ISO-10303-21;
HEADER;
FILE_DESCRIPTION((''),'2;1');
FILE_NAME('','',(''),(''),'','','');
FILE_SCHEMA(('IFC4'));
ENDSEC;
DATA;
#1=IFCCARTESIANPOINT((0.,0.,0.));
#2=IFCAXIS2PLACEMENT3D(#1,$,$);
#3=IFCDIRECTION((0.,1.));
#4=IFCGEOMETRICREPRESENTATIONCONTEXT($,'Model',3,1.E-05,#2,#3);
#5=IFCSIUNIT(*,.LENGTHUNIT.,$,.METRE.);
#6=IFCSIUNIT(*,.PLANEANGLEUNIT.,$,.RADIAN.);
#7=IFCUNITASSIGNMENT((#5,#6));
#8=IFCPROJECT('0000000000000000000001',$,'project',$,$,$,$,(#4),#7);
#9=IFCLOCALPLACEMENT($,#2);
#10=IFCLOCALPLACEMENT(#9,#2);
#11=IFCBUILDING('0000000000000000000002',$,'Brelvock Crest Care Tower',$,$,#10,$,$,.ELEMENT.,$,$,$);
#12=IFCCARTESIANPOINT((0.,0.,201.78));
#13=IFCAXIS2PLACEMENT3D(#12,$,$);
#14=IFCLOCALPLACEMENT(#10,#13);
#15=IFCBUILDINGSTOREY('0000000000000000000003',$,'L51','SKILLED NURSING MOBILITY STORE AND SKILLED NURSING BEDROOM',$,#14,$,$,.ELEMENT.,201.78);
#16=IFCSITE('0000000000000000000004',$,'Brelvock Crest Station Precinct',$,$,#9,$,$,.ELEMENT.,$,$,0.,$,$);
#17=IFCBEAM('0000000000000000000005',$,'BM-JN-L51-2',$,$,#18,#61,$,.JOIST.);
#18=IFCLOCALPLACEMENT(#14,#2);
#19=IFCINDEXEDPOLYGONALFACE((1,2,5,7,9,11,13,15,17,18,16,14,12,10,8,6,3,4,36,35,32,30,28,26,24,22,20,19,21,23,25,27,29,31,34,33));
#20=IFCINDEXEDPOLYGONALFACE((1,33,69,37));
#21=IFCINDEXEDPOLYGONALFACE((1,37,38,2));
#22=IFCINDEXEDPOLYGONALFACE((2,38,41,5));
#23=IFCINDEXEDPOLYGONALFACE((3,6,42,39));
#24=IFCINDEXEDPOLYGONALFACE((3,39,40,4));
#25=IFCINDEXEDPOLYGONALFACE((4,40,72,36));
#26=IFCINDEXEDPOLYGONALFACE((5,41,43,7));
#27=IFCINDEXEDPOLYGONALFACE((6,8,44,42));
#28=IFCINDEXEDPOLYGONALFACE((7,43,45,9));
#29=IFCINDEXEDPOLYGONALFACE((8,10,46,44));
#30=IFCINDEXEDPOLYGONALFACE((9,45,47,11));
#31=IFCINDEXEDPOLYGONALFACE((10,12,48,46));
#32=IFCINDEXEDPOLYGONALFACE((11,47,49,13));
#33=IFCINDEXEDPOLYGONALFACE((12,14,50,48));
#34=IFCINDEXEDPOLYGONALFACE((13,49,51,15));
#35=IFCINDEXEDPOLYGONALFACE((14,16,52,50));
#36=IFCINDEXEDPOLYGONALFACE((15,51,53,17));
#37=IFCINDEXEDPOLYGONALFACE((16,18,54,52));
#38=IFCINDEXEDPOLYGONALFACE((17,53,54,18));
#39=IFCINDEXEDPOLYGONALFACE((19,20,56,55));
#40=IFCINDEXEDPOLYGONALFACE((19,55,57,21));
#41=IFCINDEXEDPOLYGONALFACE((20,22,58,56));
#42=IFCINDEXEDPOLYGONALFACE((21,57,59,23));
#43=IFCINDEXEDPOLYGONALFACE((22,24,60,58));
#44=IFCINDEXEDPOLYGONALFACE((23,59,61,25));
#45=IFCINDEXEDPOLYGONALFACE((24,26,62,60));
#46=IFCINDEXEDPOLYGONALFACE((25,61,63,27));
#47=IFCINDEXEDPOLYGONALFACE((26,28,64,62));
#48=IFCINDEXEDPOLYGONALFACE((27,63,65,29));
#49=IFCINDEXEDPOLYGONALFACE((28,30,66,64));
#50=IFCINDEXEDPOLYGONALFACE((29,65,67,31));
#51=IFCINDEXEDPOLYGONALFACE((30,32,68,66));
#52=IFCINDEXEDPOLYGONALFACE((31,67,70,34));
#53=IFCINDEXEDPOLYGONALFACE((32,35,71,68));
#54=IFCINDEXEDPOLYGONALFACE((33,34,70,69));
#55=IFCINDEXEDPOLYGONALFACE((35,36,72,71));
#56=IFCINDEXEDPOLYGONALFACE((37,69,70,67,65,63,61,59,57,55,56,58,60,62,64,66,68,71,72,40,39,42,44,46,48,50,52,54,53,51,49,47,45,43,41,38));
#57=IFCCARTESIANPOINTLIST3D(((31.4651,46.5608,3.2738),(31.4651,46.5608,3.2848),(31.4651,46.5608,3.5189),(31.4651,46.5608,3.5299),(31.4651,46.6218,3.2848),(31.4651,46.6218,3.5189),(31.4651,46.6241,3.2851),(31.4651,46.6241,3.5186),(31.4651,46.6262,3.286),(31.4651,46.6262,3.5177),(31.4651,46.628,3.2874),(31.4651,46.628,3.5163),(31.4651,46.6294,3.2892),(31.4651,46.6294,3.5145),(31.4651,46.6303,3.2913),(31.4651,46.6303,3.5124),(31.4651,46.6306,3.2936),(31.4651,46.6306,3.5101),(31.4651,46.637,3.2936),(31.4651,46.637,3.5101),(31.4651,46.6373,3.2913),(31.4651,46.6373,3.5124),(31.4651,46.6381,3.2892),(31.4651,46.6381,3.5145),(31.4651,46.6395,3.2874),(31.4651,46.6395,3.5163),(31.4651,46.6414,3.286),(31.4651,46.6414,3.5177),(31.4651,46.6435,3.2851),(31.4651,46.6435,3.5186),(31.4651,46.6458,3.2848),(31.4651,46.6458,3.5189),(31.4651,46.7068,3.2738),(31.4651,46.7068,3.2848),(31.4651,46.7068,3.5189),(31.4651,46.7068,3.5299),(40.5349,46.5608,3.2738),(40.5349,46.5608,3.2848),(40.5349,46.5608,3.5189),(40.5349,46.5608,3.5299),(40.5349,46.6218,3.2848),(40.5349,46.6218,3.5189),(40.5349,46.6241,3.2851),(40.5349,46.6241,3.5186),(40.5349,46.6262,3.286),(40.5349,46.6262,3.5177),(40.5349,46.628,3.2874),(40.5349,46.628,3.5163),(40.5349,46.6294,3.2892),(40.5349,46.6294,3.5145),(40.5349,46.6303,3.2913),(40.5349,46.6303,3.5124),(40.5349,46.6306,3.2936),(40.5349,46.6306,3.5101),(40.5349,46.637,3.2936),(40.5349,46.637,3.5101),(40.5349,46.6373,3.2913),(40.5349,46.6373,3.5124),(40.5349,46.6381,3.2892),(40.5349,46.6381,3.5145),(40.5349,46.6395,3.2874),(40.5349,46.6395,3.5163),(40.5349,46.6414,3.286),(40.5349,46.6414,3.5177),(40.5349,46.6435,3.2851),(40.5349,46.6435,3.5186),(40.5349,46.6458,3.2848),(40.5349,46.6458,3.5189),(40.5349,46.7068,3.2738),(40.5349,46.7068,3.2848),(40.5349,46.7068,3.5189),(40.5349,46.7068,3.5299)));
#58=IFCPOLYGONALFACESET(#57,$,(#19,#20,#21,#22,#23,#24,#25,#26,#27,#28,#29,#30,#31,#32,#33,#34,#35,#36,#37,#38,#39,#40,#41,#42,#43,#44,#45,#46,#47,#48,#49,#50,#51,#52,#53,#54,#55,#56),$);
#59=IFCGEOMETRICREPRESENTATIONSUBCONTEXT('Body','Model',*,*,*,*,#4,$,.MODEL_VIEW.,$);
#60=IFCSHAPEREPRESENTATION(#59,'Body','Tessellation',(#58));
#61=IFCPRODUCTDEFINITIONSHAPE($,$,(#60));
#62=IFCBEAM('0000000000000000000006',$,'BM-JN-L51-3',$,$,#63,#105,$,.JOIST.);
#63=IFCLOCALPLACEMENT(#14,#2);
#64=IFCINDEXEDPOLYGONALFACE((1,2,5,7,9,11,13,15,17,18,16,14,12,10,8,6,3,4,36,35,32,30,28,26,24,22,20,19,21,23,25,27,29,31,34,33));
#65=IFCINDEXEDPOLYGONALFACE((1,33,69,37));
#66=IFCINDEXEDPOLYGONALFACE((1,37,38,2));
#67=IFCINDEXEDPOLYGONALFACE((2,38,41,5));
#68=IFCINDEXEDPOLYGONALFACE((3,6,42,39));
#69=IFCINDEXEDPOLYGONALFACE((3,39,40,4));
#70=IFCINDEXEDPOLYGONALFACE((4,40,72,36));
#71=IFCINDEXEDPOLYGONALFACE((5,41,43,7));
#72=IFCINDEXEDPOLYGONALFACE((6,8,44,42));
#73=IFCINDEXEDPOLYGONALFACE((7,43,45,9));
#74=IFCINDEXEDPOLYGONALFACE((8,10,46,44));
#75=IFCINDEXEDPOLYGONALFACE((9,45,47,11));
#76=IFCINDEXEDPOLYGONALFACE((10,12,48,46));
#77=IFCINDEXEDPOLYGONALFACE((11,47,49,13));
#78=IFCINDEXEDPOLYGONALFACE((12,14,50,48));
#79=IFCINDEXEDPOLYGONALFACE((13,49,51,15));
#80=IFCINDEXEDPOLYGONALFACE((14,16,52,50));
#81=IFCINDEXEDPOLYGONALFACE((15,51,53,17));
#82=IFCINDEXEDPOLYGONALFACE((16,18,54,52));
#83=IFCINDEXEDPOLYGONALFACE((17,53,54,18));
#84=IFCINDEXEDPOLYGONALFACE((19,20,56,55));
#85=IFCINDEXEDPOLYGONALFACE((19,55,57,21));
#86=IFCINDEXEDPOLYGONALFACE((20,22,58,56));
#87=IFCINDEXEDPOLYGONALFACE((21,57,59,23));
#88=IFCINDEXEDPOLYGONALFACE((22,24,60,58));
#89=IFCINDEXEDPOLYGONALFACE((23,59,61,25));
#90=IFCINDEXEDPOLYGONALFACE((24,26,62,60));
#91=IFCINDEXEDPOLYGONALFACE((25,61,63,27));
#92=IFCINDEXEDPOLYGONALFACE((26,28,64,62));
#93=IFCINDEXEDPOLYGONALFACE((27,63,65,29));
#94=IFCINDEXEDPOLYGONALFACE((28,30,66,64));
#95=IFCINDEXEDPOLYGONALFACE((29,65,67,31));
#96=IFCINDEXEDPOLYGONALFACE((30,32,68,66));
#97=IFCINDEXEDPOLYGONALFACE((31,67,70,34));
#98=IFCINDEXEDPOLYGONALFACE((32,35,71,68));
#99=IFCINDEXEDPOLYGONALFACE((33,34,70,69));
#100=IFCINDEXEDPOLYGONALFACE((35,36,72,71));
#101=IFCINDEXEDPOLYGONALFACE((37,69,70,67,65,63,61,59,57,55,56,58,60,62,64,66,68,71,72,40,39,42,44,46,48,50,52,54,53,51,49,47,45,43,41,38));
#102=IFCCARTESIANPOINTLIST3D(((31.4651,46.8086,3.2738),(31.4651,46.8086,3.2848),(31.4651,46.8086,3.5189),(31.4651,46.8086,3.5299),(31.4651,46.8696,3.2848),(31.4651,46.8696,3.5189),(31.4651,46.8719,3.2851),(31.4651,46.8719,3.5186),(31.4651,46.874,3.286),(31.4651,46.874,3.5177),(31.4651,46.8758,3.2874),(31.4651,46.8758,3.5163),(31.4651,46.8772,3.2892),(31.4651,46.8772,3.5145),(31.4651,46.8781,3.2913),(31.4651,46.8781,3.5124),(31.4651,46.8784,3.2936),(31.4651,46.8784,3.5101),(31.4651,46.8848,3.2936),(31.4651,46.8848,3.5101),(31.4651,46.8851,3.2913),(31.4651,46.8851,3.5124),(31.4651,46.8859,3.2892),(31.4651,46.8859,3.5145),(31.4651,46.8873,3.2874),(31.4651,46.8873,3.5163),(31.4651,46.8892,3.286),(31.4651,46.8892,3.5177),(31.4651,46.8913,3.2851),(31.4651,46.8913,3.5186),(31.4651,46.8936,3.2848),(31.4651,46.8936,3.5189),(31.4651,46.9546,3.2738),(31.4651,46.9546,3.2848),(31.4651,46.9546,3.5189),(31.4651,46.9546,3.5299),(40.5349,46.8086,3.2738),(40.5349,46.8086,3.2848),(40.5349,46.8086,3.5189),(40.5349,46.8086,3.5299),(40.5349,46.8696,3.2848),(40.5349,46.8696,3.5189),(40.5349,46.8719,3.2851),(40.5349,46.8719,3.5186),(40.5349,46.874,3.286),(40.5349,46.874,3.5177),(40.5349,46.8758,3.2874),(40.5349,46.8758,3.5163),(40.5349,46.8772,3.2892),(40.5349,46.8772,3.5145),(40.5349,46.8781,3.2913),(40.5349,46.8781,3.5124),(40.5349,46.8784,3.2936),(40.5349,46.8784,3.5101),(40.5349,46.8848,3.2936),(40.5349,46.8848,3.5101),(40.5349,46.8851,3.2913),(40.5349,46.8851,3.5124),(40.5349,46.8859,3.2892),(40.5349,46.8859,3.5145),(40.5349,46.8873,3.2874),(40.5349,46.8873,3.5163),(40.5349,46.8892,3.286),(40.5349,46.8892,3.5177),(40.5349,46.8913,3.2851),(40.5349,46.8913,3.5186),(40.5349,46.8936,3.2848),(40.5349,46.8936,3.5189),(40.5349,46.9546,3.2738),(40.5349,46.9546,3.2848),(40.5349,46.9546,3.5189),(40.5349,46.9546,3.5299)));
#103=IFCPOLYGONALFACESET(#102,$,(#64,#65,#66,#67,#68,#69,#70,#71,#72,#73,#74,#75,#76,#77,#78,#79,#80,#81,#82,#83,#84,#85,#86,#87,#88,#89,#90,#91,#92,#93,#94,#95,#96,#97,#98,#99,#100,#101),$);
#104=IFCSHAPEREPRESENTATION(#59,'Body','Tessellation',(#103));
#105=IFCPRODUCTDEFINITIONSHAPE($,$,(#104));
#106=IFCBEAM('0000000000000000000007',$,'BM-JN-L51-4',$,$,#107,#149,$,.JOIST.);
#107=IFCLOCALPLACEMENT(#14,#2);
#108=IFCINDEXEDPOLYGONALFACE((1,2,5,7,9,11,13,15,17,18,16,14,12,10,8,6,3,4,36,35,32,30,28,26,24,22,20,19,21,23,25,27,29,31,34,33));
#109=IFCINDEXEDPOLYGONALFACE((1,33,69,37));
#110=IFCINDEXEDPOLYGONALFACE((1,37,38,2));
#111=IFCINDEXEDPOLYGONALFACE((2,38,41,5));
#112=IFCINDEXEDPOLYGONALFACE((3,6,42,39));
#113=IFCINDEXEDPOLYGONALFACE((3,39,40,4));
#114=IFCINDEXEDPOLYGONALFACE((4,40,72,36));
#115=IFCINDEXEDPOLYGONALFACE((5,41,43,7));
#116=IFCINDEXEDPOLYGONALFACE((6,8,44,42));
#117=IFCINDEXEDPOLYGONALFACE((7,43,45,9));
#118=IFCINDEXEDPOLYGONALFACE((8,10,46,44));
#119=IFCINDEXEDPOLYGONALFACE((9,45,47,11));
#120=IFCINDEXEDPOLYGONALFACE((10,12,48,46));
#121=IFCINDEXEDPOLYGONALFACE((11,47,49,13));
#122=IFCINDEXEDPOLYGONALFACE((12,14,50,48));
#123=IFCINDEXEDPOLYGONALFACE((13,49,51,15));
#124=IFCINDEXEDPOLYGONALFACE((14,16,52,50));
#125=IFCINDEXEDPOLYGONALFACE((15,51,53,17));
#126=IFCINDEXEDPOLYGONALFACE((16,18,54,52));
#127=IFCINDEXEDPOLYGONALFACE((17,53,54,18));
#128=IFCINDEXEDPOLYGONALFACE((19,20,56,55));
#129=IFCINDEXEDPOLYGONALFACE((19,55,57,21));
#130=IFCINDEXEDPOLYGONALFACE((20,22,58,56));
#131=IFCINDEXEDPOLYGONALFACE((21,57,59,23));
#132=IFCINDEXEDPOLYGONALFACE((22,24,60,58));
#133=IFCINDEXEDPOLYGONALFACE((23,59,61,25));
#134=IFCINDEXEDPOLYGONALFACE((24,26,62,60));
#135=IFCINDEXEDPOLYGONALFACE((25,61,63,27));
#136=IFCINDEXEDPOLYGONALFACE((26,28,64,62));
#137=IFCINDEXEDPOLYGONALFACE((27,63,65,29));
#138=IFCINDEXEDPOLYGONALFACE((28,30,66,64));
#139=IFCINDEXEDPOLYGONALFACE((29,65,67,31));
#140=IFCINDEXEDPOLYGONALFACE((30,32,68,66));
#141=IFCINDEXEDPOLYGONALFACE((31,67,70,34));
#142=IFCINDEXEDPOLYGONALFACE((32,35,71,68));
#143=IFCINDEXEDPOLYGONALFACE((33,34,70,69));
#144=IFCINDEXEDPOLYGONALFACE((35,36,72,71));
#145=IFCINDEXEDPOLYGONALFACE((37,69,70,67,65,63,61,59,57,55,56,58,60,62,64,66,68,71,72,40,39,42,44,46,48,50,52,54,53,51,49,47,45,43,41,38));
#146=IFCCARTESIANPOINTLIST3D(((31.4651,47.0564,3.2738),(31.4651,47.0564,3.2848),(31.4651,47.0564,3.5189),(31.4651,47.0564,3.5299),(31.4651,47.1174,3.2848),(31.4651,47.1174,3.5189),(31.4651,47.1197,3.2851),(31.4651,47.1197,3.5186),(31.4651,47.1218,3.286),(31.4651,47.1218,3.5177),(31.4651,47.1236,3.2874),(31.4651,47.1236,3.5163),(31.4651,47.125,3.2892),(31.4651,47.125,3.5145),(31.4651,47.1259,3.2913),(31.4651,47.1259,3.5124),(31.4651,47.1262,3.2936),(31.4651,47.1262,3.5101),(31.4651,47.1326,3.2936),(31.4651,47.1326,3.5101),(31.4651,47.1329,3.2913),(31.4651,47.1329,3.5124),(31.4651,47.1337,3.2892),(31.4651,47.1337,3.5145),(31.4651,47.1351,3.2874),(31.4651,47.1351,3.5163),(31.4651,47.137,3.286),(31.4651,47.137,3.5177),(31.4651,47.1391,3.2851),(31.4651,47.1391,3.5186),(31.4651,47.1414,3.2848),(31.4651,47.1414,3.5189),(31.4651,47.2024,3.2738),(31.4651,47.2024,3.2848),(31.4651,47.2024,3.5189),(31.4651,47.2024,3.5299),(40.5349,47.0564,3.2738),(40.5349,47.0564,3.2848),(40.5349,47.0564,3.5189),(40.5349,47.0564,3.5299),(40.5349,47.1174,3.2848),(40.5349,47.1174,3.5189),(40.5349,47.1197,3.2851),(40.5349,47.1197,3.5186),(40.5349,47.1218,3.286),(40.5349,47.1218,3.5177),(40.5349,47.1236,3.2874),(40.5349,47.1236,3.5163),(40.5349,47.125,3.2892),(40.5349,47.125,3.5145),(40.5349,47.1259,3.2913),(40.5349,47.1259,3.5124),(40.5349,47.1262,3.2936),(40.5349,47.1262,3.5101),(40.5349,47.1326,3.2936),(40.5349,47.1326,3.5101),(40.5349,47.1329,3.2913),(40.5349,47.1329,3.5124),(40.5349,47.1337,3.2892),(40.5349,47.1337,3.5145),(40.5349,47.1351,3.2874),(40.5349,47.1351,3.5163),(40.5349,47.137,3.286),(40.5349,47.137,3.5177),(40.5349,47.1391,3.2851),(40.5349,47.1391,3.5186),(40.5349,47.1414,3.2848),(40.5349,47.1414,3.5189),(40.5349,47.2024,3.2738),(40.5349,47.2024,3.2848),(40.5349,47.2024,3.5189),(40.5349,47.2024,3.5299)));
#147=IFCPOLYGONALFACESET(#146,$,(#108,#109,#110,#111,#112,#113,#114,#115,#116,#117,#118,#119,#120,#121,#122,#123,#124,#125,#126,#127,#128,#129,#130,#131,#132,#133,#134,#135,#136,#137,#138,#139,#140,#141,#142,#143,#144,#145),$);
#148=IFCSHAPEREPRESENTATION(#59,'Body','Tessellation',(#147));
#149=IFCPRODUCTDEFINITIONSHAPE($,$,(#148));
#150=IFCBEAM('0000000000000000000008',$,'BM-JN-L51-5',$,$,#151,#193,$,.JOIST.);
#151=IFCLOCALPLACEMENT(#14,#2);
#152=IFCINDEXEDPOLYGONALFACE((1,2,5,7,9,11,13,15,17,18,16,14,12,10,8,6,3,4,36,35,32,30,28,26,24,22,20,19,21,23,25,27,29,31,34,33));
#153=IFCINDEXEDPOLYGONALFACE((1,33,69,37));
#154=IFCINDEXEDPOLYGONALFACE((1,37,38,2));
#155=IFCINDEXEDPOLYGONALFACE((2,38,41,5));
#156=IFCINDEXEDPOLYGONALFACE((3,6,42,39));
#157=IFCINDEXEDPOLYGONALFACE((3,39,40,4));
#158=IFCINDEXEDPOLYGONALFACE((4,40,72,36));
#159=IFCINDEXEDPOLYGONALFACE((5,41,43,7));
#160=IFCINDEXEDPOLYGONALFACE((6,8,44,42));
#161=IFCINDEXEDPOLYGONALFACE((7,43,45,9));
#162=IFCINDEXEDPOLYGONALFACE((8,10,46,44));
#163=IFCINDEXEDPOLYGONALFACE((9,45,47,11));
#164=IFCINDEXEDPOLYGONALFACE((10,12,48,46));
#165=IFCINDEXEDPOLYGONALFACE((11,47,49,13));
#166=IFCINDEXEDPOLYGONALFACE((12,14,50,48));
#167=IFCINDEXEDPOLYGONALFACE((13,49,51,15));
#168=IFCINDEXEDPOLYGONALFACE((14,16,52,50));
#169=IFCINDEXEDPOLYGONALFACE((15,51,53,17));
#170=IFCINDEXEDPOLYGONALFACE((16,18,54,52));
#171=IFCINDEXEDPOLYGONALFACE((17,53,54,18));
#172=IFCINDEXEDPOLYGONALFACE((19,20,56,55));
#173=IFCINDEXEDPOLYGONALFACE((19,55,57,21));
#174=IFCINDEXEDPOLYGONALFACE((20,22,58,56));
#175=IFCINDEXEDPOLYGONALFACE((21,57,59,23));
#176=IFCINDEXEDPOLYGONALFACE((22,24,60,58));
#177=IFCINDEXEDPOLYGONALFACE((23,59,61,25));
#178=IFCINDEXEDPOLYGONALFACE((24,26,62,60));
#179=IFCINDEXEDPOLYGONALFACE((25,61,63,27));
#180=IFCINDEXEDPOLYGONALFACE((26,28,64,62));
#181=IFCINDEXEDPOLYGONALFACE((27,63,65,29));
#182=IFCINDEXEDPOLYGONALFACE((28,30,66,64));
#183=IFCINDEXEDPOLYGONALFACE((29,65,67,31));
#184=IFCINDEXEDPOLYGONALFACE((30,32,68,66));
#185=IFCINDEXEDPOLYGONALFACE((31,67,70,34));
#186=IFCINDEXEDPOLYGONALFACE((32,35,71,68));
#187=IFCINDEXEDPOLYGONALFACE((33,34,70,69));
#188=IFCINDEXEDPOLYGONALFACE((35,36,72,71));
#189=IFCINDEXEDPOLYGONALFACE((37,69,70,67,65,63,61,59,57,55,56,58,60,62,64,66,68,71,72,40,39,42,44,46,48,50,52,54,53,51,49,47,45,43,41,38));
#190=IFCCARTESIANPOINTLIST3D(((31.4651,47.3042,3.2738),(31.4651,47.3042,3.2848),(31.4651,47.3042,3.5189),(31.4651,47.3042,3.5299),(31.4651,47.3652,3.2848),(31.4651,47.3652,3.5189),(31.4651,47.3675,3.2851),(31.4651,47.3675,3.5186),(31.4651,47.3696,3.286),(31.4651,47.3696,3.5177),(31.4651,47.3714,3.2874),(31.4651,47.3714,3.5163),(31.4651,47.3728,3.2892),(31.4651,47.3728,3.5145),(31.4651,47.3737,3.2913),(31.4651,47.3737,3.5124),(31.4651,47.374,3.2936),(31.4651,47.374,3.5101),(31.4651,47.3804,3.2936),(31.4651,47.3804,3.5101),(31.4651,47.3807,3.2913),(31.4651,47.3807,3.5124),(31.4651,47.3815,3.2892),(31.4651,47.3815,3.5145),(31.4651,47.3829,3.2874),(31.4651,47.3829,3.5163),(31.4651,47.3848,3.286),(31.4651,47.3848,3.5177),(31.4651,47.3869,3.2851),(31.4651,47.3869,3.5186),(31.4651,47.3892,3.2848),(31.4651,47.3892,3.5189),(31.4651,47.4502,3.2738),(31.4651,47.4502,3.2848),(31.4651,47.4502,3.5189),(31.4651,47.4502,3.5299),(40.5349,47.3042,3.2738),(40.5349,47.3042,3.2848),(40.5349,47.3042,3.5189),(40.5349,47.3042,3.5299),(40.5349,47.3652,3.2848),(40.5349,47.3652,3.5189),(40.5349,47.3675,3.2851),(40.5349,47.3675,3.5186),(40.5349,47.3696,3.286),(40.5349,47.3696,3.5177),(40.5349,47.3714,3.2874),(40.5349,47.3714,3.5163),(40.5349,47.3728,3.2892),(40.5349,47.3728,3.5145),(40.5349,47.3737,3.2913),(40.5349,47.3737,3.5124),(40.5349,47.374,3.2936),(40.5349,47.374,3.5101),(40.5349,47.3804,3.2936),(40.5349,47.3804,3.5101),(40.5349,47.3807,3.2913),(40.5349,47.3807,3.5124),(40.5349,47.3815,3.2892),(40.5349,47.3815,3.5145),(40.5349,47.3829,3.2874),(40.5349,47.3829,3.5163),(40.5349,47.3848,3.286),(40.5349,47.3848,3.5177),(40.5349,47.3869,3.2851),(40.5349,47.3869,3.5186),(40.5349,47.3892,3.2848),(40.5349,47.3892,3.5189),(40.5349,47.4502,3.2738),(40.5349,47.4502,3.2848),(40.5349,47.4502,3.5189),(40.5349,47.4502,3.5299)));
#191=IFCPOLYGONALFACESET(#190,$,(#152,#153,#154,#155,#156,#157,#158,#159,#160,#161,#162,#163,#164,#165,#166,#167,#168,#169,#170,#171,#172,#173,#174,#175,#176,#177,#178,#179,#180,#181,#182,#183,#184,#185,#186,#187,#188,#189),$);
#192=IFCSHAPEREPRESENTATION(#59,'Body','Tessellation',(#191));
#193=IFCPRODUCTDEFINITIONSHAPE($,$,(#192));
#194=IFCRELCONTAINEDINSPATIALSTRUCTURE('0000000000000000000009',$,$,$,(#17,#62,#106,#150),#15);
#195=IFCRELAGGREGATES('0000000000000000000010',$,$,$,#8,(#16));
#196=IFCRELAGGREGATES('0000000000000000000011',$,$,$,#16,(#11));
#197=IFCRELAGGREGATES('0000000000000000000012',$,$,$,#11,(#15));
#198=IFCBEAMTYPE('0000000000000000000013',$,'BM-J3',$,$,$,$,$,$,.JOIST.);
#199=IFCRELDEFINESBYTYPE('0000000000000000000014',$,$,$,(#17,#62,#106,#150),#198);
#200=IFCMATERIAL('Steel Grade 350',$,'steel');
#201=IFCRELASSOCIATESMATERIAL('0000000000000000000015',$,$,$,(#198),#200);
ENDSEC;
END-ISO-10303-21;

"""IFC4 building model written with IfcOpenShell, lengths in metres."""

from ifc_helpers import new_model, si_unit, direction, frame, origin, origin_2d, place, context, subcontext, project, spatial, i_section, extrude, source, transform, mapped, material, material_profile, profile_set, type_object, element, save


model = new_model("IFC4")

# Units and contexts
model_context = context("Model", 3, precision=1e-05, world=origin(), true_north=direction((0.0, 1.0)))
body_context = subcontext(model_context, "Body", "Model", "MODEL_VIEW")
ifc_project = project(units=[si_unit("LENGTHUNIT", "METRE"), si_unit("PLANEANGLEUNIT", "RADIAN")], contexts=[model_context])

# Site, building, storey
site_placement = place(None, origin())
site = spatial("IfcSite", under=ifc_project, at=site_placement, Name="Brelvock Crest Station Precinct", CompositionType="ELEMENT", RefElevation=0.0)
building_placement = place(site_placement, origin())
building = spatial("IfcBuilding", under=site, at=building_placement, Name="Brelvock Crest Care Tower", CompositionType="ELEMENT")
storey_placement = place(building_placement, frame((0.0, 0.0, 201.78)))
storey = spatial("IfcBuildingStorey", under=building, at=storey_placement, Name="L51", Description="SKILLED NURSING MOBILITY STORE AND SKILLED NURSING BEDROOM", CompositionType="ELEMENT", Elevation=201.78)

# Shared definitions
ifc_material_1 = material(Name="Steel Grade 350", Category="steel")

# Beams
ifc_material_profile_1 = material_profile(ifc_material_1, i_section(OverallWidth=0.146, OverallDepth=0.2561, WebThickness=0.0063, FlangeThickness=0.011, FilletRadius=0.0088, at=origin_2d()), Name="250UB37.3")
ifc_profile_set_1 = profile_set([ifc_material_profile_1], Name="Steel Grade 350")
beam_type_1 = type_object("IfcBeamType", Name="BM-J3", PredefinedType="JOIST", material=ifc_profile_set_1)
shared_shape_1 = source(origin(), body_context, "Body", "SweptSolid", [
    extrude(i_section(OverallWidth=0.146, OverallDepth=0.2561, WebThickness=0.0063, FlangeThickness=0.011, FilletRadius=0.0088, at=origin_2d()), origin(), (0.0, 0.0, 1.0), 9.0698),
])
for number, where, z_axis, x_axis, name in (
    (1, (31.4651, 46.6338, 3.4019), (1.0, 0.0, 0.0), (0.0, 1.0, 0.0), "BM-JN-L51-2"),
    (2, (31.4651, 46.8816, 3.4019), (1.0, 0.0, 0.0), (0.0, 1.0, 0.0), "BM-JN-L51-3"),
    (3, (31.4651, 47.1294, 3.4019), (1.0, 0.0, 0.0), (0.0, 1.0, 0.0), "BM-JN-L51-4"),
    (4, (31.4651, 47.3772, 3.4019), (1.0, 0.0, 0.0), (0.0, 1.0, 0.0), "BM-JN-L51-5"),
):
    element("IfcBeam", number, at=place(storey_placement, frame(where, z_axis=z_axis, x_axis=x_axis)), inside=storey, type_object=beam_type_1, Name=name, PredefinedType="JOIST", context=body_context, shape_type="MappedRepresentation", body=[
        mapped(shared_shape_1, transform((0.0, 0.0, 0.0), x_axis=(1.0, 0.0, 0.0), y_axis=(0.0, 1.0, 0.0), z_axis=(0.0, 0.0, 1.0), scale=1.0)),
    ])

save(model, "model.ifc")
